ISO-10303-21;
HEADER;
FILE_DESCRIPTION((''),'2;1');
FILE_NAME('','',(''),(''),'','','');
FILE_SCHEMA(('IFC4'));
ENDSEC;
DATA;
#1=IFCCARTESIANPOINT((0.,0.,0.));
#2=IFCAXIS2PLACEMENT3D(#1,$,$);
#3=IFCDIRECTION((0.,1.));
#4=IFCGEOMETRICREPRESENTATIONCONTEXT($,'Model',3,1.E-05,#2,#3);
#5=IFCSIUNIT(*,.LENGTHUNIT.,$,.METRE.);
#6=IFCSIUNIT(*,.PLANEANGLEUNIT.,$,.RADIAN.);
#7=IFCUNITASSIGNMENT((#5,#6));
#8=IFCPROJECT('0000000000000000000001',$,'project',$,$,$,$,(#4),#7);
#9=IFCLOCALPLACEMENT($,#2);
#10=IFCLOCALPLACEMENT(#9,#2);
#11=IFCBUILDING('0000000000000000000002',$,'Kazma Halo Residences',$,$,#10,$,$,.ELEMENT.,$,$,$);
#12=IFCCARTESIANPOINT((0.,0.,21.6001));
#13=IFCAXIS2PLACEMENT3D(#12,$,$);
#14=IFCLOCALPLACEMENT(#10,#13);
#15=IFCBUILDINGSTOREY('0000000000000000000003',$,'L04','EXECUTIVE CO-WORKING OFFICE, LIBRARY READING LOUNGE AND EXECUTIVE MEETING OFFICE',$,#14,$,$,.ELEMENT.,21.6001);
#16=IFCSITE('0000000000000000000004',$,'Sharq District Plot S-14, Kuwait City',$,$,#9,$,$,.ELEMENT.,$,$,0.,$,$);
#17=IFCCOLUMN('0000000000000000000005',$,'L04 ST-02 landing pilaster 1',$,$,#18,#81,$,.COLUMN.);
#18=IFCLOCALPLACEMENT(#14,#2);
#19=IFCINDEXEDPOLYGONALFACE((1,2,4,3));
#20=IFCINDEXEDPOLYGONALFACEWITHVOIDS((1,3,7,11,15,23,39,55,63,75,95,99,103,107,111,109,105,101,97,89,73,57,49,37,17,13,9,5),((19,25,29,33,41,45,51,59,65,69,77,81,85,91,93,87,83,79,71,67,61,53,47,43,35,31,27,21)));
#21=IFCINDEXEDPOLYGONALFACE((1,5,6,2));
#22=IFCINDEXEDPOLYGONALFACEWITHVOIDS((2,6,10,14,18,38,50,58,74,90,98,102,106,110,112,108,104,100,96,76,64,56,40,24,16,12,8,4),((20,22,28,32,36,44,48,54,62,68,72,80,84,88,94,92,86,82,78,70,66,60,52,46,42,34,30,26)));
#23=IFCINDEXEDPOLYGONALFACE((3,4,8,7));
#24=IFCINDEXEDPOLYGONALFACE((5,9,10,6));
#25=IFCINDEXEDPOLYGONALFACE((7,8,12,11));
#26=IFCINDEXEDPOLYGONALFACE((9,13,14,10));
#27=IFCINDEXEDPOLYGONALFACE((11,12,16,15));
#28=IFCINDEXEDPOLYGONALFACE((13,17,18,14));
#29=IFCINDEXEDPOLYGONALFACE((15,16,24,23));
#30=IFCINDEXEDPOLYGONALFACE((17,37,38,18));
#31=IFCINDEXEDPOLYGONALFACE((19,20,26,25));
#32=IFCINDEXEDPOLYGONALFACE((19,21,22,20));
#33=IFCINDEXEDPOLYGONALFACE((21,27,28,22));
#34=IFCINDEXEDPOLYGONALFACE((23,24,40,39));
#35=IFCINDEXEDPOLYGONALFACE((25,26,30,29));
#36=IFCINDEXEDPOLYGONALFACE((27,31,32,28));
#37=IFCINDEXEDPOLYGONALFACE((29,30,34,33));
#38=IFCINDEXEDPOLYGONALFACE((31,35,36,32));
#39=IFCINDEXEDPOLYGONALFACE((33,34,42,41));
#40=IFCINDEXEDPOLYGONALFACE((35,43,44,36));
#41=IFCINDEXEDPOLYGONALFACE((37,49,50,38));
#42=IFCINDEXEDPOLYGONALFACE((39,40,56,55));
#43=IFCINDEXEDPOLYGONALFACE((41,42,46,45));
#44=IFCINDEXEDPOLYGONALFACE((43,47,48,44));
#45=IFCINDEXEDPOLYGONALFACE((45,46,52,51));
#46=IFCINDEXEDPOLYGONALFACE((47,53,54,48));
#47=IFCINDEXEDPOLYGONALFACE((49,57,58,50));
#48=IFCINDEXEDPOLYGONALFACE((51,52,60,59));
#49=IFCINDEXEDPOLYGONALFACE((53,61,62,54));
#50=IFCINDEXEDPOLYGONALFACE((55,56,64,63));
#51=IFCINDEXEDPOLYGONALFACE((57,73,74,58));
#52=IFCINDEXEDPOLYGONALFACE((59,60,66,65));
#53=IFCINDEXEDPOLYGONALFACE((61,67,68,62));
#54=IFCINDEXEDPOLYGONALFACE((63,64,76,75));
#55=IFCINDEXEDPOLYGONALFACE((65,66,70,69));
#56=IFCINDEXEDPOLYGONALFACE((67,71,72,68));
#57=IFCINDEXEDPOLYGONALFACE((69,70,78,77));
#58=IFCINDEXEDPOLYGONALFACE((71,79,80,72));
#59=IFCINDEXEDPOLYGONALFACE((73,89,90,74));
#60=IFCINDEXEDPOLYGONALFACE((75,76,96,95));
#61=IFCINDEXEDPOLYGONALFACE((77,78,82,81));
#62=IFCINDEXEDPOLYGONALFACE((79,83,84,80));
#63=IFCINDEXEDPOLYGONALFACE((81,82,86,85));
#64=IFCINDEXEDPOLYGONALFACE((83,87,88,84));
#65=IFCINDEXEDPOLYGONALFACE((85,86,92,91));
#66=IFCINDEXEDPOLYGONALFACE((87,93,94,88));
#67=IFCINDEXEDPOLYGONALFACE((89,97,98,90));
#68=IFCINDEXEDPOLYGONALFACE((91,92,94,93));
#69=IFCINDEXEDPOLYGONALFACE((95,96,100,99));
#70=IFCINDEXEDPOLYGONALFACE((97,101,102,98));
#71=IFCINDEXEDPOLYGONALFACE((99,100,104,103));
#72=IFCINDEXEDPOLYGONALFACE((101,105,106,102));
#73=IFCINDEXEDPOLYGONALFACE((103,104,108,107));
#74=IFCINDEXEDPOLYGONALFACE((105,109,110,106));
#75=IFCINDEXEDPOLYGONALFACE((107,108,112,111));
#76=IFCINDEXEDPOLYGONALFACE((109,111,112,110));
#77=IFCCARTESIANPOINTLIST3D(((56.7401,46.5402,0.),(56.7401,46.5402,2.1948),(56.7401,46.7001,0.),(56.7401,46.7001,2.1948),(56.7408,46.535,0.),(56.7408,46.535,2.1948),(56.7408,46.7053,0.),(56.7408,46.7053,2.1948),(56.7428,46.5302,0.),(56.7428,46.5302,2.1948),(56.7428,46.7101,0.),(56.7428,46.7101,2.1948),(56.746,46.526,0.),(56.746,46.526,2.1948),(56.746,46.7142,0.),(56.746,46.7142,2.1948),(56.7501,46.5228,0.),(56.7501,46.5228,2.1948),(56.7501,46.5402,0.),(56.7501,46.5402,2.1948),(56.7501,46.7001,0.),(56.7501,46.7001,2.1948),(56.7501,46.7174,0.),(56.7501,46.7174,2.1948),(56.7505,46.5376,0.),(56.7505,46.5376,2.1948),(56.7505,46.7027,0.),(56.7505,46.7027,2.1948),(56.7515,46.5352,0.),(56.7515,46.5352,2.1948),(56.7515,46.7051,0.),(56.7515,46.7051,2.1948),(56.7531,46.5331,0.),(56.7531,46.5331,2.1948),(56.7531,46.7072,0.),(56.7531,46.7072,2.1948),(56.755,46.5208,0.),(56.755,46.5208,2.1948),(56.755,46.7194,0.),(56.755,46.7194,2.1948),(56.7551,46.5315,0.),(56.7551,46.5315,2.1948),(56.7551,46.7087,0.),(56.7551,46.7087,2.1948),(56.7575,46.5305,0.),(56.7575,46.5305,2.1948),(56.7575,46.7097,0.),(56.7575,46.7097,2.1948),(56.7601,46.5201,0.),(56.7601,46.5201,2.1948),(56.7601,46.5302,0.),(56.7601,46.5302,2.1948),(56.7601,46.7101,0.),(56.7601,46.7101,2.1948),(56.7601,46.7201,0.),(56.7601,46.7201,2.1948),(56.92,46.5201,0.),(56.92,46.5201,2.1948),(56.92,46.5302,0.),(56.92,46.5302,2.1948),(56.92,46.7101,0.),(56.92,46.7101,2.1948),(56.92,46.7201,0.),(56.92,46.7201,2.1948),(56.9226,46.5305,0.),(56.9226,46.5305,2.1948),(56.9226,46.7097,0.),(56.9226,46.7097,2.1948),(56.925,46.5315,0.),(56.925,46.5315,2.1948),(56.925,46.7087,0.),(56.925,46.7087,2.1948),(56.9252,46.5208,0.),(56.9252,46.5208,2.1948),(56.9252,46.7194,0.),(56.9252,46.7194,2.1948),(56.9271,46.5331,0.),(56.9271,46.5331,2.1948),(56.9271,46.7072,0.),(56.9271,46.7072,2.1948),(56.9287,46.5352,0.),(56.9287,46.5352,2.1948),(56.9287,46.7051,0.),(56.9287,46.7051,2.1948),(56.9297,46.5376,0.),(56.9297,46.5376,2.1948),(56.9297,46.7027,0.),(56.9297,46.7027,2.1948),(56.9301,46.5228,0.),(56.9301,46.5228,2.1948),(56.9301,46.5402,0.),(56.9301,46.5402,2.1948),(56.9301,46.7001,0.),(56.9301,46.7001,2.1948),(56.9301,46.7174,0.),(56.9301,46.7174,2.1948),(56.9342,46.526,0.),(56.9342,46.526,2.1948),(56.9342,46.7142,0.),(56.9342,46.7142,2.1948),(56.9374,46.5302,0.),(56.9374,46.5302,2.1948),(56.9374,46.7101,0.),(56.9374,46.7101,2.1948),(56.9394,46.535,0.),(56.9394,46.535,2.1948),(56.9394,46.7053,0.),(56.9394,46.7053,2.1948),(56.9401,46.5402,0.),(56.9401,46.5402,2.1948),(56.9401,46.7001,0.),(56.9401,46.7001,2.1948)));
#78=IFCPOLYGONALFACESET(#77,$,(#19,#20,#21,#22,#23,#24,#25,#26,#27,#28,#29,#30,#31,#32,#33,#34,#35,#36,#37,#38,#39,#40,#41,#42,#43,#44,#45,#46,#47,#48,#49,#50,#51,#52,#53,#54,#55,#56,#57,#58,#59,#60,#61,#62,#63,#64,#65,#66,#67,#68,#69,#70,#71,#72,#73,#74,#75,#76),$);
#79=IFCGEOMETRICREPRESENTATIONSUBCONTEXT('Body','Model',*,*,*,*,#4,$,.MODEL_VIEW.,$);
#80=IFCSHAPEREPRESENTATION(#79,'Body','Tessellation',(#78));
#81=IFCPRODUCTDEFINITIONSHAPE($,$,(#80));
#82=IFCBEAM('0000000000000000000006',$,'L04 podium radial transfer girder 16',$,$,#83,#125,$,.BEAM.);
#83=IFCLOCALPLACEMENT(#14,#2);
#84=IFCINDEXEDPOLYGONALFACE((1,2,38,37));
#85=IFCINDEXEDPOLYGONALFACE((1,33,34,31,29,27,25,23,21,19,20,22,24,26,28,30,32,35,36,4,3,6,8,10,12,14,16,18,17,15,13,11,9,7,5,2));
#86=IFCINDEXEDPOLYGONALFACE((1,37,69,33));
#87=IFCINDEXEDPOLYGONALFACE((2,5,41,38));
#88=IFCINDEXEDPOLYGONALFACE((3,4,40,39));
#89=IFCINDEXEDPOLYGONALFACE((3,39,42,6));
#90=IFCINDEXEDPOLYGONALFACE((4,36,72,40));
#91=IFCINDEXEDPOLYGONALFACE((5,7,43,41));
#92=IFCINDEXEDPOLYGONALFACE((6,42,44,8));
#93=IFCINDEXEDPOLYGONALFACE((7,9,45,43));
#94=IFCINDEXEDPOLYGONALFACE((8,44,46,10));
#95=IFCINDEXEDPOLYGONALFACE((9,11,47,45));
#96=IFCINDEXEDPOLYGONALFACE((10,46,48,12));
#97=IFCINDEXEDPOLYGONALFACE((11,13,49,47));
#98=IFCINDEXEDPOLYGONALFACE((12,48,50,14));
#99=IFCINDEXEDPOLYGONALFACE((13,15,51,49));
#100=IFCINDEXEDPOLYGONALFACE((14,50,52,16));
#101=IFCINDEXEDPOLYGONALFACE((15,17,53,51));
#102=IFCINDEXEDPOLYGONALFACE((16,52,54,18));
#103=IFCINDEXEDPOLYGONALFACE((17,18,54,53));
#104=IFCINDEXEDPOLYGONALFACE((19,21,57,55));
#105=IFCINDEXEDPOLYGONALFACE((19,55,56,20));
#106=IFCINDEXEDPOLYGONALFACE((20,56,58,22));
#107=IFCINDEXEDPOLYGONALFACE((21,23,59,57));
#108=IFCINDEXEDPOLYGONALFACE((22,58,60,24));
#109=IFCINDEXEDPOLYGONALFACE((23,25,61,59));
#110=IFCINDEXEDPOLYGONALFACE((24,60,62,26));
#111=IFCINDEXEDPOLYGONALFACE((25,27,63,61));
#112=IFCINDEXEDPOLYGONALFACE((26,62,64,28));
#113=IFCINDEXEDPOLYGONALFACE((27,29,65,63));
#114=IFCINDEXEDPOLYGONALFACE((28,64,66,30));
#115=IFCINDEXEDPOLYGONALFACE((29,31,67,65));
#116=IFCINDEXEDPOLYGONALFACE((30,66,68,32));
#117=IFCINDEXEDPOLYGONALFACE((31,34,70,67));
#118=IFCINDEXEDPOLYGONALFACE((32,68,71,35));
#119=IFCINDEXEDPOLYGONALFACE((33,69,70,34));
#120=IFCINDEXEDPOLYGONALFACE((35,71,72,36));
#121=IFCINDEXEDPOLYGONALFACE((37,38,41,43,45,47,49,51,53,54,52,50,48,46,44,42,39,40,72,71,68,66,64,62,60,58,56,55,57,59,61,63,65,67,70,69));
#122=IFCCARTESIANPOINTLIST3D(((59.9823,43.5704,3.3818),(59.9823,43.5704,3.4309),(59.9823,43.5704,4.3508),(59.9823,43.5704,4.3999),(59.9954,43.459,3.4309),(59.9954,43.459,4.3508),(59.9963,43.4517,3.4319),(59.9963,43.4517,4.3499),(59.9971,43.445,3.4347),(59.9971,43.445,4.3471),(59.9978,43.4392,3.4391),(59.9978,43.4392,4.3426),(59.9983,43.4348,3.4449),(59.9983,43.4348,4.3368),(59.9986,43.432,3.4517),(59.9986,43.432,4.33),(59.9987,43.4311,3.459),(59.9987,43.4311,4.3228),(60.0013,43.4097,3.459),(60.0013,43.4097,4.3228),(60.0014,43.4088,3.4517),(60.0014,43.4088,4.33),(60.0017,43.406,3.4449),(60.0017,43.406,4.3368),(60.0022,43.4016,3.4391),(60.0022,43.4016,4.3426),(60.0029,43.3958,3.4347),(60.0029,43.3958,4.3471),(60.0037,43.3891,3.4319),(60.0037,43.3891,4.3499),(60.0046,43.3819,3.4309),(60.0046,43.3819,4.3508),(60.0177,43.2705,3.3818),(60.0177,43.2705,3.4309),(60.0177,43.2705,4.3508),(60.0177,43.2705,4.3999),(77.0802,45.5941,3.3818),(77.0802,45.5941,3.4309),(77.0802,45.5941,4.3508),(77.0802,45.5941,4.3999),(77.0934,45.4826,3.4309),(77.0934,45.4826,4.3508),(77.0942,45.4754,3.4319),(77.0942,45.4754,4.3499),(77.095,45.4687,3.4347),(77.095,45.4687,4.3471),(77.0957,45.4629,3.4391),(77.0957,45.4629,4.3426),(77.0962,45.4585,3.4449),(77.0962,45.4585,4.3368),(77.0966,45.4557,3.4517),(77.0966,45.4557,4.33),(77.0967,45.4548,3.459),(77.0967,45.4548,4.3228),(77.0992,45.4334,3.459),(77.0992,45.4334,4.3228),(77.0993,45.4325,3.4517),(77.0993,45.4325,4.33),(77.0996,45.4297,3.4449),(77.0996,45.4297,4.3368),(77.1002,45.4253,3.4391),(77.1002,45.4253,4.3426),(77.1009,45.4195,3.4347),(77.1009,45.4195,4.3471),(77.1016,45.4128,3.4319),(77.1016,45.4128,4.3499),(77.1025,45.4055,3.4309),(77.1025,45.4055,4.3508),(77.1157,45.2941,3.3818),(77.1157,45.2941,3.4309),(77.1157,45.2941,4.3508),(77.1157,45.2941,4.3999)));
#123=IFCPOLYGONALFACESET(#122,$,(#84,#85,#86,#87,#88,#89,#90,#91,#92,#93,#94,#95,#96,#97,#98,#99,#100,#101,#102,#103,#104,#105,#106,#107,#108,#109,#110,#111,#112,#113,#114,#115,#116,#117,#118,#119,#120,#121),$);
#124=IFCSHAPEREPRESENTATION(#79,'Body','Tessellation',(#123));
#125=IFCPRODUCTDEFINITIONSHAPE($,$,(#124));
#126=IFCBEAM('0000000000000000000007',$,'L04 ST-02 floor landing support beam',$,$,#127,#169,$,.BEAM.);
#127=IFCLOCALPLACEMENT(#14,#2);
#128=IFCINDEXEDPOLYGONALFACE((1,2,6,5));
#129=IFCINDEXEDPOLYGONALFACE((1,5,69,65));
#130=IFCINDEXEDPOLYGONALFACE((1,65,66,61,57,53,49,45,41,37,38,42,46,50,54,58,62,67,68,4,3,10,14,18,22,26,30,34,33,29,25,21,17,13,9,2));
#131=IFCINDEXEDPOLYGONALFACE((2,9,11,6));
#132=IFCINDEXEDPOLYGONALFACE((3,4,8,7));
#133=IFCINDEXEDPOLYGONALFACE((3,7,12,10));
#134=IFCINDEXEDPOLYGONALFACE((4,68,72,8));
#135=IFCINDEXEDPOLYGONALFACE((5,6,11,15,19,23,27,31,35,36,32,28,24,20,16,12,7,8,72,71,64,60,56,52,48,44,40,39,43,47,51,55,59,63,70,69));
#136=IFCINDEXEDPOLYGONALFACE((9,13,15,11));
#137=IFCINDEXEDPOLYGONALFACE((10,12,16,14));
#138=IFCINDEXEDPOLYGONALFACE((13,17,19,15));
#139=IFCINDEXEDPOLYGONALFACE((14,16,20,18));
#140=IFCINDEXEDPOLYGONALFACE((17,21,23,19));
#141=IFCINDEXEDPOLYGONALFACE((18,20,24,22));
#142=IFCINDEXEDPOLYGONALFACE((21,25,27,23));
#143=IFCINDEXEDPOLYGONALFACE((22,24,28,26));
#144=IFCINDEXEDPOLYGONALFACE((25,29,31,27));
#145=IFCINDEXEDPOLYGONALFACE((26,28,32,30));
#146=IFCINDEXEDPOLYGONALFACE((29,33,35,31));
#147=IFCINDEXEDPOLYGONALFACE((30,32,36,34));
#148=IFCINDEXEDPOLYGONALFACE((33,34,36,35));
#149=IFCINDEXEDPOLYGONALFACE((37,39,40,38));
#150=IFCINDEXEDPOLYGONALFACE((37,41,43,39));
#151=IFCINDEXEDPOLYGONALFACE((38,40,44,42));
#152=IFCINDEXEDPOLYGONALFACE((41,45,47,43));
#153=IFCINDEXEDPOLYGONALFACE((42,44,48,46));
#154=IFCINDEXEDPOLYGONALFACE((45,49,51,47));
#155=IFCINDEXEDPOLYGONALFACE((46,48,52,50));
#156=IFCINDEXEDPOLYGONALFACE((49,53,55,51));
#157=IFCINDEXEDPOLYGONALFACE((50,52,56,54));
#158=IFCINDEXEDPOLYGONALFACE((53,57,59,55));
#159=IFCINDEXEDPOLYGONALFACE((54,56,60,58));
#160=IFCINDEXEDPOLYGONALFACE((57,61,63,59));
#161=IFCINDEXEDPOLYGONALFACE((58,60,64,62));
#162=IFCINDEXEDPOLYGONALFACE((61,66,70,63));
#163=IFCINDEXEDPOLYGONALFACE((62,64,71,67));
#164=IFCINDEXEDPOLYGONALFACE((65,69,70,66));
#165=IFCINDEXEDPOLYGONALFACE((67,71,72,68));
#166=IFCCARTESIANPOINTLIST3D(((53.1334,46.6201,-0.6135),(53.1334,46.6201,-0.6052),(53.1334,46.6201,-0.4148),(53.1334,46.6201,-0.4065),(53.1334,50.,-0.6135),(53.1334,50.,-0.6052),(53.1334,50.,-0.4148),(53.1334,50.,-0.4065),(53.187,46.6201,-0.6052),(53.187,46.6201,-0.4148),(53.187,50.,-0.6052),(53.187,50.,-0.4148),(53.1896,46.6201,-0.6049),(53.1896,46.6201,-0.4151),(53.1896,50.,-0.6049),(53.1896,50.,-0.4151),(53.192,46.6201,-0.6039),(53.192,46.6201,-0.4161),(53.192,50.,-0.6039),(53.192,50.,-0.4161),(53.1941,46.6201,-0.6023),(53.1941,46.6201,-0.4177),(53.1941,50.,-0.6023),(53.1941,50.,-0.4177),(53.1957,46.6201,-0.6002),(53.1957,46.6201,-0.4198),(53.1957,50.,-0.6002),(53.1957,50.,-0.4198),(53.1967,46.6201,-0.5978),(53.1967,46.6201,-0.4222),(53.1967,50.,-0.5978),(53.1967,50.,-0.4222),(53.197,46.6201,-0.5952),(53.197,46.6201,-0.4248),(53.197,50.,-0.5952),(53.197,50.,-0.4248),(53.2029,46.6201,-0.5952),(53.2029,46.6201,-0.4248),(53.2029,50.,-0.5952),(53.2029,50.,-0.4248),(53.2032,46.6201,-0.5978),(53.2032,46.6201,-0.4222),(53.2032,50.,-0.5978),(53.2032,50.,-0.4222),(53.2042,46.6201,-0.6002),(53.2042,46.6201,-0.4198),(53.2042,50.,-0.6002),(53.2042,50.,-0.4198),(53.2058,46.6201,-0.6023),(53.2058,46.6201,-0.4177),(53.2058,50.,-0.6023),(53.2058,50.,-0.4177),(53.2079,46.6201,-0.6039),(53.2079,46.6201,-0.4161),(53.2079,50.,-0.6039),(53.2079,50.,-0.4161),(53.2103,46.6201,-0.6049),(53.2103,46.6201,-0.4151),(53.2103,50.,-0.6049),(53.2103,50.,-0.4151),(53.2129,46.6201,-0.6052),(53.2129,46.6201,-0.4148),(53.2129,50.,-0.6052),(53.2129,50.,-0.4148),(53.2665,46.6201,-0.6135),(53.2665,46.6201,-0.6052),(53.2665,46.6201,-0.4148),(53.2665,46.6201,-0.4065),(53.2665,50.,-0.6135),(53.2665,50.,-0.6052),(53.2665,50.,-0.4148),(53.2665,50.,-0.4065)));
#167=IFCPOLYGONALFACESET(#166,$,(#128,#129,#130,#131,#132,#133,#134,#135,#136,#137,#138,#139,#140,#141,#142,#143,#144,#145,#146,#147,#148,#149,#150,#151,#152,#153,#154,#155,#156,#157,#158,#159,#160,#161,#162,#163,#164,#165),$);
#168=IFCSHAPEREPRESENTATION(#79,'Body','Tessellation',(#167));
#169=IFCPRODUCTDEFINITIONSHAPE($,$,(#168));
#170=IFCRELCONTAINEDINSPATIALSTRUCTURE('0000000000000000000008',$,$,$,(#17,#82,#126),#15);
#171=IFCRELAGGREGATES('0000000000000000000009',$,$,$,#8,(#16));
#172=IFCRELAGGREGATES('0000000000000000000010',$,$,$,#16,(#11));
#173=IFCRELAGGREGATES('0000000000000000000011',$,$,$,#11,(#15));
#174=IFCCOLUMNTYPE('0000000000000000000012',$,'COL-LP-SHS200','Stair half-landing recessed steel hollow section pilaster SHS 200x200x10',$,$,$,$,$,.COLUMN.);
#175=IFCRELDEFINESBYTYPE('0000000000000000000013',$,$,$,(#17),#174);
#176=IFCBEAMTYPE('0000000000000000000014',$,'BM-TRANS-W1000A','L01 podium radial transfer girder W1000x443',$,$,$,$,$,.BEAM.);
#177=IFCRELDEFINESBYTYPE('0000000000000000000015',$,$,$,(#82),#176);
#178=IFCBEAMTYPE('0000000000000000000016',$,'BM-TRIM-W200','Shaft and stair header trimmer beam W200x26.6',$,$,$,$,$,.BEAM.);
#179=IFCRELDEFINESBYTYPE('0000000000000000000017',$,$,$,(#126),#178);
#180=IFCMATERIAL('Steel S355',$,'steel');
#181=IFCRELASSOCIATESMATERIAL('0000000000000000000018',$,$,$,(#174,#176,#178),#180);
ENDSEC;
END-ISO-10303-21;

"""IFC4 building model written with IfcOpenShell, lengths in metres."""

from ifc_helpers import new_model, si_unit, direction, frame, origin, origin_2d, place, context, subcontext, project, spatial, hollow_rectangle, i_section, extrude, material, material_profile, profile_set, type_object, element, save


model = new_model("IFC4")

# Units and contexts
model_context = context("Model", 3, precision=1e-05, world=origin(), true_north=direction((0.0, 1.0)))
body_context = subcontext(model_context, "Body", "Model", "MODEL_VIEW")
ifc_project = project(units=[si_unit("LENGTHUNIT", "METRE"), si_unit("PLANEANGLEUNIT", "RADIAN")], contexts=[model_context])

# Site, building, storey
site_placement = place(None, origin())
site = spatial("IfcSite", under=ifc_project, at=site_placement, Name="Sharq District Plot S-14, Kuwait City", CompositionType="ELEMENT", RefElevation=0.0)
building_placement = place(site_placement, origin())
building = spatial("IfcBuilding", under=site, at=building_placement, Name="Kazma Halo Residences", CompositionType="ELEMENT")
storey_placement = place(building_placement, frame((0.0, 0.0, 21.6001)))
storey = spatial("IfcBuildingStorey", under=building, at=storey_placement, Name="L04", Description="EXECUTIVE CO-WORKING OFFICE, LIBRARY READING LOUNGE AND EXECUTIVE MEETING OFFICE", CompositionType="ELEMENT", Elevation=21.6001)

# Column
ifc_material_1 = material(Name="Steel S355", Category="steel")
ifc_material_profile_1 = material_profile(ifc_material_1, hollow_rectangle(XDim=0.2, YDim=0.2, WallThickness=0.01, InnerFilletRadius=0.01, OuterFilletRadius=0.02, at=origin_2d()), Name="SHS200x200x10")
ifc_profile_set_1 = profile_set([ifc_material_profile_1], Name="Steel S355")
column_type = type_object("IfcColumnType", Name="COL-LP-SHS200", Description="Stair half-landing recessed steel hollow section pilaster SHS 200x200x10", PredefinedType="COLUMN", material=ifc_profile_set_1)
column_placement = place(storey_placement, frame((56.8401, 46.6201, 0.0), z_axis=(0.0, 0.0, 1.0), x_axis=(1.0, 0.0, 0.0)))
element("IfcColumn", 1, at=column_placement, inside=storey, type_object=column_type, Name="L04 ST-02 landing pilaster 1", PredefinedType="COLUMN", context=body_context, shape_type="SweptSolid", body=[
    extrude(hollow_rectangle(XDim=0.2, YDim=0.2, WallThickness=0.01, InnerFilletRadius=0.01, OuterFilletRadius=0.02, at=origin_2d()), origin(), (0.0, 0.0, 1.0), 2.1948),
])

# Beams
ifc_material_profile_2 = material_profile(ifc_material_1, i_section(OverallWidth=0.302, OverallDepth=1.0181, WebThickness=0.0215, FlangeThickness=0.0491, FilletRadius=0.0281, at=origin_2d()), Name="W1000x443")
ifc_profile_set_2 = profile_set([ifc_material_profile_2], Name="Steel S355")
beam_type_1 = type_object("IfcBeamType", Name="BM-TRANS-W1000A", Description="L01 podium radial transfer girder W1000x443", PredefinedType="BEAM", material=ifc_profile_set_2)
beam_1_placement = place(storey_placement, frame((60.0, 43.4204, 3.8909), z_axis=(0.993068, 0.117538, 0.0), x_axis=(-0.117538, 0.993068, 0.0)))
element("IfcBeam", 2, at=beam_1_placement, inside=storey, type_object=beam_type_1, Name="L04 podium radial transfer girder 16", PredefinedType="BEAM", context=body_context, shape_type="SweptSolid", body=[
    extrude(i_section(OverallWidth=0.302, OverallDepth=1.0181, WebThickness=0.0215, FlangeThickness=0.0491, FilletRadius=0.0281, at=origin_2d()), origin(), (0.0, 0.0, 1.0), 17.2173),
])
ifc_material_profile_3 = material_profile(ifc_material_1, i_section(OverallWidth=0.1331, OverallDepth=0.207, WebThickness=0.0059, FlangeThickness=0.0083, FilletRadius=0.01, at=origin_2d()), Name="W200x26.6")
ifc_profile_set_3 = profile_set([ifc_material_profile_3], Name="Steel S355")
beam_type_2 = type_object("IfcBeamType", Name="BM-TRIM-W200", Description="Shaft and stair header trimmer beam W200x26.6", PredefinedType="BEAM", material=ifc_profile_set_3)
beam_2_placement = place(storey_placement, frame((53.2, 46.6201, -0.51), z_axis=(0.0, 1.0, 0.0), x_axis=(-1.0, 0.0, 0.0)))
element("IfcBeam", 3, at=beam_2_placement, inside=storey, type_object=beam_type_2, Name="L04 ST-02 floor landing support beam", PredefinedType="BEAM", context=body_context, shape_type="SweptSolid", body=[
    extrude(i_section(OverallWidth=0.1331, OverallDepth=0.207, WebThickness=0.0059, FlangeThickness=0.0083, FilletRadius=0.01, at=origin_2d()), origin(), (0.0, 0.0, 1.0), 3.3799),
])

save(model, "model.ifc")
